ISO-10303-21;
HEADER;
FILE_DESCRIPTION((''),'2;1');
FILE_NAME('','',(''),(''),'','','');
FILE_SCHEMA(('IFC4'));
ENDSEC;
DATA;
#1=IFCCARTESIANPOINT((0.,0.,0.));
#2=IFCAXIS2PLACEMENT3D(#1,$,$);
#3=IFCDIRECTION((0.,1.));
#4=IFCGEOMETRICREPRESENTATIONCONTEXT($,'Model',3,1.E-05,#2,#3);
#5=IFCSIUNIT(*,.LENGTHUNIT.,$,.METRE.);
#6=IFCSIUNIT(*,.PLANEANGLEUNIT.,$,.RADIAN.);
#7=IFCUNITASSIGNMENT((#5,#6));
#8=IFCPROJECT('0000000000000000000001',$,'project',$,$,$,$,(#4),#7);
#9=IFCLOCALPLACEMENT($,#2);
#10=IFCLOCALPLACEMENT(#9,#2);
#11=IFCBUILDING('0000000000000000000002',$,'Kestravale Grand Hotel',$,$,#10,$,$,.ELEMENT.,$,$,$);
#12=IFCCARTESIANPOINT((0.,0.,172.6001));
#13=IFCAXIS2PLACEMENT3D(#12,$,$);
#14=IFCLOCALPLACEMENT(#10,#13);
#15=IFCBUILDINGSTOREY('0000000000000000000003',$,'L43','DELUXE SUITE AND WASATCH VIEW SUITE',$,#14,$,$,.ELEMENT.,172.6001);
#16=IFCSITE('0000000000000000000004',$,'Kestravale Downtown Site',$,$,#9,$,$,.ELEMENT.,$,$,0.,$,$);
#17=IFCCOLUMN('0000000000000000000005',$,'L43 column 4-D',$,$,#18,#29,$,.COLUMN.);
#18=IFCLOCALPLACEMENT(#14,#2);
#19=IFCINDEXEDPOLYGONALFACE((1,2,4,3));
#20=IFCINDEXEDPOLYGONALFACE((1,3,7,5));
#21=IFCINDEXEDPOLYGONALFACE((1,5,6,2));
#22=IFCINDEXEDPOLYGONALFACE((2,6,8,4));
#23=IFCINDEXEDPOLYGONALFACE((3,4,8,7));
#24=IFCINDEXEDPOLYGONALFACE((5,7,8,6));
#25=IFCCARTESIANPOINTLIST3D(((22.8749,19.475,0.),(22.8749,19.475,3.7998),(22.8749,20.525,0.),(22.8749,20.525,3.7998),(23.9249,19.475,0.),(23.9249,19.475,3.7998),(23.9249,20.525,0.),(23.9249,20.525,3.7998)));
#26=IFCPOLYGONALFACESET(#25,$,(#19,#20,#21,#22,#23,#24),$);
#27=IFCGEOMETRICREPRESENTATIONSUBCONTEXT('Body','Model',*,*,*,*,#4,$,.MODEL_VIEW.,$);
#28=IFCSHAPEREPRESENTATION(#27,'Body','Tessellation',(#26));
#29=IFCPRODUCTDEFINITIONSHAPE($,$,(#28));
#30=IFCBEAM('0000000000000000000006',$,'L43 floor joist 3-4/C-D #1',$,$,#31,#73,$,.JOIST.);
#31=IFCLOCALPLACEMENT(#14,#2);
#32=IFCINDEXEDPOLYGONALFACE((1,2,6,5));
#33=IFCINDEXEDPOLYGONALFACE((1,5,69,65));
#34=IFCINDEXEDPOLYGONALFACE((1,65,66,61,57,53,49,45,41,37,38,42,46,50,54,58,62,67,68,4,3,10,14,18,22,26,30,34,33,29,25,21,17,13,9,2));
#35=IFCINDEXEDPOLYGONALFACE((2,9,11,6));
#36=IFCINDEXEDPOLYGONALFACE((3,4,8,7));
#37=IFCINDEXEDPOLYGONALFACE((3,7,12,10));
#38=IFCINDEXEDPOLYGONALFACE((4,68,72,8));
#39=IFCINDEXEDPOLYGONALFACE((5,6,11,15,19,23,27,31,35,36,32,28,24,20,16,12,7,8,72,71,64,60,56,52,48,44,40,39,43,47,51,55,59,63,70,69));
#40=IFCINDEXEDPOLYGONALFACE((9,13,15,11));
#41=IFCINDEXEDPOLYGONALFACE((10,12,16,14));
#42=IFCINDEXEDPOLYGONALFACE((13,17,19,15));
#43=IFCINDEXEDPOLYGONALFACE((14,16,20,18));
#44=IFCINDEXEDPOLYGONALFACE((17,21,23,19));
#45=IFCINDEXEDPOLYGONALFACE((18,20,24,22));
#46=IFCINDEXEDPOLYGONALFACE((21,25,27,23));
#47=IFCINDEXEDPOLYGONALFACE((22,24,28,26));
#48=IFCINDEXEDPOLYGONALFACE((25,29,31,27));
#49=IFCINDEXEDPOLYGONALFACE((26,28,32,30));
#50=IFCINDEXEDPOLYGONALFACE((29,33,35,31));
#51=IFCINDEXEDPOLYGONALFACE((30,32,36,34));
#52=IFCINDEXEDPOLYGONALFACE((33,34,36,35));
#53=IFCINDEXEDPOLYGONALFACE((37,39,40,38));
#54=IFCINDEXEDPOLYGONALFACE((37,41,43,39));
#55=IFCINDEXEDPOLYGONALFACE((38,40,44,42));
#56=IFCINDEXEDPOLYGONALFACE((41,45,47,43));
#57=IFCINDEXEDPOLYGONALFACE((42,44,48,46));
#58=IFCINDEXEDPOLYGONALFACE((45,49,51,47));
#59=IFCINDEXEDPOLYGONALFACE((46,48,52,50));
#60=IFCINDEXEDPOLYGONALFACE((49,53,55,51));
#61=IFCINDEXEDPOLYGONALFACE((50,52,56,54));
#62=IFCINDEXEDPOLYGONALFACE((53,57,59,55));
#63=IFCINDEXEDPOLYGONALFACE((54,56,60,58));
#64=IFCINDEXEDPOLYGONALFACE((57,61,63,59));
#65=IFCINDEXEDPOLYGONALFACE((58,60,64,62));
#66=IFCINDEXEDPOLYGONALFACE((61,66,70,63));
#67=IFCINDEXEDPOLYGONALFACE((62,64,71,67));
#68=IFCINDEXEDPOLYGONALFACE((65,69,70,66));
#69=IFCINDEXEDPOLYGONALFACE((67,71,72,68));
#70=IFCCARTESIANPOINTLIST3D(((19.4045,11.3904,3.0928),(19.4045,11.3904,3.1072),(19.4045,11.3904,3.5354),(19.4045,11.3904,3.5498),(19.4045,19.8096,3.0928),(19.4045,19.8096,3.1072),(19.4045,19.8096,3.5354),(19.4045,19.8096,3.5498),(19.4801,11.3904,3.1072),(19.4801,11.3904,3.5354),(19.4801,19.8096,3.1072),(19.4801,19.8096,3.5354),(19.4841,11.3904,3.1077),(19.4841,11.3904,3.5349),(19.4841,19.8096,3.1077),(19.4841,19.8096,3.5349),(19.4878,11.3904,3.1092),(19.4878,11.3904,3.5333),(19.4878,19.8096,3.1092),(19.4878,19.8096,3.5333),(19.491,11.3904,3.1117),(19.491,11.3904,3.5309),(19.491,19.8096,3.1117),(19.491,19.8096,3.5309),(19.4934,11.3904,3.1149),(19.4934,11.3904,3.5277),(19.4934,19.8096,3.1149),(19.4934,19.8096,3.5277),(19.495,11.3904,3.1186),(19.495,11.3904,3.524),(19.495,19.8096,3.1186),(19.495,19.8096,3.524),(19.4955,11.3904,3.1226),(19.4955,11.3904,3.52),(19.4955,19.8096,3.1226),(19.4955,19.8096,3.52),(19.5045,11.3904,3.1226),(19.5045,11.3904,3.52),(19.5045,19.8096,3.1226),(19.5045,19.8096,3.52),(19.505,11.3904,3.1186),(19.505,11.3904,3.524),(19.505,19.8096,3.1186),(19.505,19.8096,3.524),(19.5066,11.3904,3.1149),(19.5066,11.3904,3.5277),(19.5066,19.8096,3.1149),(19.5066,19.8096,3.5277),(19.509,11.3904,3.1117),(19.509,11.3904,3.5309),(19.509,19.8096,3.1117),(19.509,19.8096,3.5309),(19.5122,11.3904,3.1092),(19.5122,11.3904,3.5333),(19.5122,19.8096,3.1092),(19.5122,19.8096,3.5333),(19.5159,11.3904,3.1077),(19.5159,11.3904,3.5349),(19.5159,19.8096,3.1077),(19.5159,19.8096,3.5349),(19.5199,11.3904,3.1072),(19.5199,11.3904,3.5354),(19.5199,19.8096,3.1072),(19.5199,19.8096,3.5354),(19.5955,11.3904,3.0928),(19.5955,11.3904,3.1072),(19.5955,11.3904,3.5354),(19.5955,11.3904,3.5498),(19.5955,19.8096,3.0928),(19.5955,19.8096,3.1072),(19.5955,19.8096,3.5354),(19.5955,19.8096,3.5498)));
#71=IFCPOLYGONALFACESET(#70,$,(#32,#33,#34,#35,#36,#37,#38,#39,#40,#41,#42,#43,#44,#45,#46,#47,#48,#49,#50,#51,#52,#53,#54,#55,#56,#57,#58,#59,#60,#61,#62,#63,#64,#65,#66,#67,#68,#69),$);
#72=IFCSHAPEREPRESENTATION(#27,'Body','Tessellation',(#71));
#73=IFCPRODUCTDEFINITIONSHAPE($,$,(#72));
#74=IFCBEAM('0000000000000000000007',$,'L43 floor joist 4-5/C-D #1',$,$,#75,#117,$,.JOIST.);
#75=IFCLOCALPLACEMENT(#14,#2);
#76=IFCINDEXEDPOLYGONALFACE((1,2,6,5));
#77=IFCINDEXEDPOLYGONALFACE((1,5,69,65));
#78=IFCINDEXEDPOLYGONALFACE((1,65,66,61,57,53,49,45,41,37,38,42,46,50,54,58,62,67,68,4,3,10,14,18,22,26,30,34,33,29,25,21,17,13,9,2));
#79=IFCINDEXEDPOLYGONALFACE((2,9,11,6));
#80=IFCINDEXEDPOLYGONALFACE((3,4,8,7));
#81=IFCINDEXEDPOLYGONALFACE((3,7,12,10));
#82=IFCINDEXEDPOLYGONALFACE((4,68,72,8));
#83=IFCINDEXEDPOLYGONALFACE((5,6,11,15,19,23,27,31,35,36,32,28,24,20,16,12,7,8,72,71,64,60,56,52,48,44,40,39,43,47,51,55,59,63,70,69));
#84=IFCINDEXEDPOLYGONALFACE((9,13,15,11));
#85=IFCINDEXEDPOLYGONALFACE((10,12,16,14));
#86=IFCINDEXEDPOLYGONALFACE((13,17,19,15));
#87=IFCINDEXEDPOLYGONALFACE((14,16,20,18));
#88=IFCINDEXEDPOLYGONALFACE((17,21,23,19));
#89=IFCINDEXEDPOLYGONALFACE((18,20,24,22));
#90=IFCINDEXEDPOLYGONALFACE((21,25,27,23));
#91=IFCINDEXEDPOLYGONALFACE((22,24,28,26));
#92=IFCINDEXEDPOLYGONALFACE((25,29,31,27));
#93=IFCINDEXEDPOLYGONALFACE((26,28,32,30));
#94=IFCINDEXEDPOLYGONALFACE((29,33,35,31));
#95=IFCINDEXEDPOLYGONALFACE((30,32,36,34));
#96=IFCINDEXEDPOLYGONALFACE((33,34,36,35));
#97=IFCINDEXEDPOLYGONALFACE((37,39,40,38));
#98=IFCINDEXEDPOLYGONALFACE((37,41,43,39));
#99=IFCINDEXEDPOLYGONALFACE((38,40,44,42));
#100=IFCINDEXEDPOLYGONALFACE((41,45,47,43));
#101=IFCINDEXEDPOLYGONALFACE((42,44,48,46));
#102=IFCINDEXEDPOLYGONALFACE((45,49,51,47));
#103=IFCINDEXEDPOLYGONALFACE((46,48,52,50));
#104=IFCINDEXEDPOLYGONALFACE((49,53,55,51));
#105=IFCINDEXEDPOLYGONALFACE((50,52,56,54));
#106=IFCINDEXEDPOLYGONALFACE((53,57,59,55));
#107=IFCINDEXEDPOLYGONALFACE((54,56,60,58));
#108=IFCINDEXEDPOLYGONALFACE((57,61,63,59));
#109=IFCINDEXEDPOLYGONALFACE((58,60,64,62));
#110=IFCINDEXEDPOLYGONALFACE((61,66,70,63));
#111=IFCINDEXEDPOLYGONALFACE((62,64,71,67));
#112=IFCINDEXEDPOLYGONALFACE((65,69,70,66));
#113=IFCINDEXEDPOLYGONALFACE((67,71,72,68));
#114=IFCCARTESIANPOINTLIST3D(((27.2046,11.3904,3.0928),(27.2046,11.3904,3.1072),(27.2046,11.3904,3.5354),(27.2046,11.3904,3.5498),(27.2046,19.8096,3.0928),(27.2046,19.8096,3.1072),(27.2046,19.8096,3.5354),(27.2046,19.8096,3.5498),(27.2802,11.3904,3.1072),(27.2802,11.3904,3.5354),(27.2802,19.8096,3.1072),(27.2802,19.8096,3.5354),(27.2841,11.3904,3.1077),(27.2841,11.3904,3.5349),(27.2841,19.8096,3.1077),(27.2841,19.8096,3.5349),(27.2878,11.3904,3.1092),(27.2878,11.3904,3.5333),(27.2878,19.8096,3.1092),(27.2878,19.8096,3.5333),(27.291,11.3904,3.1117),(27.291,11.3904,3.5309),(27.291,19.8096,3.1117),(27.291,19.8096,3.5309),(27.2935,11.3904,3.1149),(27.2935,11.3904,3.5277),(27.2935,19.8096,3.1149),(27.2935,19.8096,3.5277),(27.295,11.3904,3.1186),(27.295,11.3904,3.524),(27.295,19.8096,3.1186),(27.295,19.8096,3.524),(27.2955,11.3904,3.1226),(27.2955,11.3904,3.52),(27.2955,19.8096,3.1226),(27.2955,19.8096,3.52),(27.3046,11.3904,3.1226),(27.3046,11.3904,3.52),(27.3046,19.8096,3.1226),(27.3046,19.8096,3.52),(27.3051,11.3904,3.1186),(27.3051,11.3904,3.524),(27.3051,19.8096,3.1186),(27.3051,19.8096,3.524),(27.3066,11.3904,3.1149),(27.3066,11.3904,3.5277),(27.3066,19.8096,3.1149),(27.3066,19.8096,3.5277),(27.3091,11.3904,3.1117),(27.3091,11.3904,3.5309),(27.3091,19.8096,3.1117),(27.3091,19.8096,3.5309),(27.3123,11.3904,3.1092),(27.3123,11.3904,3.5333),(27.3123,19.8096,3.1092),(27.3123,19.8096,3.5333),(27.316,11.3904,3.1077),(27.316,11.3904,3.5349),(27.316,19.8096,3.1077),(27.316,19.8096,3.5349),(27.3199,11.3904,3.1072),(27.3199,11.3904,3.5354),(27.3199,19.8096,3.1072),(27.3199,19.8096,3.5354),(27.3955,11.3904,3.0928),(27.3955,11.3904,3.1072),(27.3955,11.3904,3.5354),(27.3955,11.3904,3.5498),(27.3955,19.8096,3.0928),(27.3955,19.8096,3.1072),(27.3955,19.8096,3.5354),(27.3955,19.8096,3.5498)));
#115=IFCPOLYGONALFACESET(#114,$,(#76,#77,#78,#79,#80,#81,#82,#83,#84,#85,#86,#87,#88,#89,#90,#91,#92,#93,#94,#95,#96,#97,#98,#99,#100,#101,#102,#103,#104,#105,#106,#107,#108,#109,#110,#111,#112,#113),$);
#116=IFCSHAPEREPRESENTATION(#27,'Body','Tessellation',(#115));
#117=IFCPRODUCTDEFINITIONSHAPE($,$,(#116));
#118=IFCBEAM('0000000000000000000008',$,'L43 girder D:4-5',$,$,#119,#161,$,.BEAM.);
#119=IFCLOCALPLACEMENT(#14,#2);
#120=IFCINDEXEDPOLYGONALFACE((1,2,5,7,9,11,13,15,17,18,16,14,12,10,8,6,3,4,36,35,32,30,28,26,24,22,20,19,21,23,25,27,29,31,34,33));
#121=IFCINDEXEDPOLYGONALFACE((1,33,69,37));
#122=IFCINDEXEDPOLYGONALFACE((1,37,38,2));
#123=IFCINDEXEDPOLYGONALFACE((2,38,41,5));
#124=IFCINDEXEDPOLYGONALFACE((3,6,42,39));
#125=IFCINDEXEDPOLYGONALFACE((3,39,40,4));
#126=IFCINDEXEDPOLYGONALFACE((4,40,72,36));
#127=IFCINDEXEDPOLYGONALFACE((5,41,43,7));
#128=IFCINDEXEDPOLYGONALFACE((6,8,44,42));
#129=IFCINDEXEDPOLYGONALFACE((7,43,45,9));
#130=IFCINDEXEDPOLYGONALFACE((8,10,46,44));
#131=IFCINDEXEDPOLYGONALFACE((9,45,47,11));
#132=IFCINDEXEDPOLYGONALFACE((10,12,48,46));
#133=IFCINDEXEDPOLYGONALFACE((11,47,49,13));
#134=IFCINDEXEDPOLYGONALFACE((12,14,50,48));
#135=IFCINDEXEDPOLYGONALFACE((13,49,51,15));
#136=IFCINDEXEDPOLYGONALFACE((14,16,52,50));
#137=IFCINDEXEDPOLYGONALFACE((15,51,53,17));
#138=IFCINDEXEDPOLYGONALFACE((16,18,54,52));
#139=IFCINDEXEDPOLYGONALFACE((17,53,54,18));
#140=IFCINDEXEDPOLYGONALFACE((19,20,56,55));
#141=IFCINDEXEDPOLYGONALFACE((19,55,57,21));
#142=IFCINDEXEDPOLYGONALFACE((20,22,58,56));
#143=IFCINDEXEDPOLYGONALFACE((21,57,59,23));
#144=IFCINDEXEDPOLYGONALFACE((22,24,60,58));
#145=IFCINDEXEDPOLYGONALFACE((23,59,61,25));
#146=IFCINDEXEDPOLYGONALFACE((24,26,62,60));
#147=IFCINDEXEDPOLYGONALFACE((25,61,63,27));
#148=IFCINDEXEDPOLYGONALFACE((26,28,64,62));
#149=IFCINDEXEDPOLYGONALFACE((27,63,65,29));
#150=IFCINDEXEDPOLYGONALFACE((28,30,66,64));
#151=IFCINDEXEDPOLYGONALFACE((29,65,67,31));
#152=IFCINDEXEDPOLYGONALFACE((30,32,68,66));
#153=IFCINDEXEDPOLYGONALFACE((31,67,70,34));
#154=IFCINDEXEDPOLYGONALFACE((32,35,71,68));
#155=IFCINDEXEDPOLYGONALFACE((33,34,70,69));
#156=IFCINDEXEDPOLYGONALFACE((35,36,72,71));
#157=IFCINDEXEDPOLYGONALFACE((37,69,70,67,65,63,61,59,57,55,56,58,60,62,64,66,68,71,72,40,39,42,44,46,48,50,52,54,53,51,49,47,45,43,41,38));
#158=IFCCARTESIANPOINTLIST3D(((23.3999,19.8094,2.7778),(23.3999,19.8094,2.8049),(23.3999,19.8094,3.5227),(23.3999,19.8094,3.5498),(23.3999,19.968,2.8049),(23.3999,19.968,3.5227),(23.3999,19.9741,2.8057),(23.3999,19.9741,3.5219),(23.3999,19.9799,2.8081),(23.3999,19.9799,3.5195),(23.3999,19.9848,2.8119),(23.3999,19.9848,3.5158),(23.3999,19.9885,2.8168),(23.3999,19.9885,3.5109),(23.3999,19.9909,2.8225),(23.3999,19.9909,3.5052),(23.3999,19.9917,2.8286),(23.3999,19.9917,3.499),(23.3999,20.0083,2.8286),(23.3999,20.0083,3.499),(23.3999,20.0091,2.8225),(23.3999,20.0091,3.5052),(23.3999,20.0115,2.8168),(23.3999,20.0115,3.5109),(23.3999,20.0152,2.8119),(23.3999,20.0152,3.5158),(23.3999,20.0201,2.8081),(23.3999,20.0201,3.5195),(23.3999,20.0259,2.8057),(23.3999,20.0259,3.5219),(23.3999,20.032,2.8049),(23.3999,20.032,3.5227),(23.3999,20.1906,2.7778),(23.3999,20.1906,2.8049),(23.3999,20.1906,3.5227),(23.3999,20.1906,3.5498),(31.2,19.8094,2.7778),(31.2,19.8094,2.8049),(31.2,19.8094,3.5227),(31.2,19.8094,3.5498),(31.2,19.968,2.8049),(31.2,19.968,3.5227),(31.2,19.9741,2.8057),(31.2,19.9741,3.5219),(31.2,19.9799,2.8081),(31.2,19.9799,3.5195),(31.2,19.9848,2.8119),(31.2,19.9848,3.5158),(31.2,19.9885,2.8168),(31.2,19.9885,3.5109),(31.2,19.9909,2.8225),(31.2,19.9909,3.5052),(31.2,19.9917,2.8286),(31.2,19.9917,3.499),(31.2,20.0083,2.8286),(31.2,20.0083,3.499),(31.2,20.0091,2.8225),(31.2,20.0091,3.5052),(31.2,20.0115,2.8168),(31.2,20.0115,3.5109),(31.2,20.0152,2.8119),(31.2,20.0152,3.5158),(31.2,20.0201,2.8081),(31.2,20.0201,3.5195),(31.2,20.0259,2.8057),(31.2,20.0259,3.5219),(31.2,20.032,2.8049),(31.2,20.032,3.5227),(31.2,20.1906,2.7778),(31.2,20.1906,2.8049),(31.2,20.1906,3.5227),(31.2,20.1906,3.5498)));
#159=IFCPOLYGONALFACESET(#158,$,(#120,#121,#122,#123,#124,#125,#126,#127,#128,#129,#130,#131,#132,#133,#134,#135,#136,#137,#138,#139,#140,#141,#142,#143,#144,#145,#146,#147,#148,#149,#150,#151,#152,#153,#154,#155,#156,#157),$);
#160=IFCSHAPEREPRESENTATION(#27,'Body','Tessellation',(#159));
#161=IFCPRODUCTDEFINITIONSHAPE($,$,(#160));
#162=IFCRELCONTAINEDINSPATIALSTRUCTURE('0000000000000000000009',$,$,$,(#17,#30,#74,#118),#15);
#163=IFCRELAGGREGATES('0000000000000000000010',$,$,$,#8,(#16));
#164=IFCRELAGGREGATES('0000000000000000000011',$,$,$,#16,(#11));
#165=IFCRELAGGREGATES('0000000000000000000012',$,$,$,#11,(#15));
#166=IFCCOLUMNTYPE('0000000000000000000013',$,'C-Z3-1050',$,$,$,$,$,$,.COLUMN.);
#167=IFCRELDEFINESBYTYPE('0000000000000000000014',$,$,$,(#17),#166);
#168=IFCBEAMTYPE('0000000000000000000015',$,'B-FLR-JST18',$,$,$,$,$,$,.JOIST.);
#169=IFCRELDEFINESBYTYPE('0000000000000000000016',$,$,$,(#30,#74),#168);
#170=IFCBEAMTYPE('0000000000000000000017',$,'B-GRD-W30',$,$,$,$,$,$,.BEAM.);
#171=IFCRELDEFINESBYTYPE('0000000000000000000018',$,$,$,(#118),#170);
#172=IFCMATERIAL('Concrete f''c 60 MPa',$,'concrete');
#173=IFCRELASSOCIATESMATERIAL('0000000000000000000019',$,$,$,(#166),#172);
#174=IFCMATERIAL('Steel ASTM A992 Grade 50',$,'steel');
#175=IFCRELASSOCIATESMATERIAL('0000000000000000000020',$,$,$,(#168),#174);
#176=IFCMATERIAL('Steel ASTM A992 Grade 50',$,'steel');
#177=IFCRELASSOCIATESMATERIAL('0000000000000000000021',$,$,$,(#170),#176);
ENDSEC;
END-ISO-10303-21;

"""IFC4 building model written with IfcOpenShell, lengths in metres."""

from ifc_helpers import new_model, si_unit, direction, frame, origin, origin_2d, place, context, subcontext, project, spatial, rectangle, i_section, extrude, material, material_profile, profile_set, type_object, element, save


model = new_model("IFC4")

# Units and contexts
model_context = context("Model", 3, precision=1e-05, world=origin(), true_north=direction((0.0, 1.0)))
body_context = subcontext(model_context, "Body", "Model", "MODEL_VIEW")
ifc_project = project(units=[si_unit("LENGTHUNIT", "METRE"), si_unit("PLANEANGLEUNIT", "RADIAN")], contexts=[model_context])

# Site, building, storey
site_placement = place(None, origin())
site = spatial("IfcSite", under=ifc_project, at=site_placement, Name="Kestravale Downtown Site", CompositionType="ELEMENT", RefElevation=0.0)
building_placement = place(site_placement, origin())
building = spatial("IfcBuilding", under=site, at=building_placement, Name="Kestravale Grand Hotel", CompositionType="ELEMENT")
storey_placement = place(building_placement, frame((0.0, 0.0, 172.6001)))
storey = spatial("IfcBuildingStorey", under=building, at=storey_placement, Name="L43", Description="DELUXE SUITE AND WASATCH VIEW SUITE", CompositionType="ELEMENT", Elevation=172.6001)

# Column
ifc_material_1 = material(Name="Concrete f'c 60 MPa", Category="concrete")
ifc_material_profile_1 = material_profile(ifc_material_1, rectangle(XDim=1.05, YDim=1.05, at=origin_2d()))
ifc_profile_set_1 = profile_set([ifc_material_profile_1], Name="Concrete f'c 60 MPa")
column_type = type_object("IfcColumnType", Name="C-Z3-1050", PredefinedType="COLUMN", material=ifc_profile_set_1)
column_placement = place(storey_placement, frame((23.3999, 20.0, 0.0), z_axis=(0.0, 0.0, 1.0), x_axis=(1.0, 0.0, 0.0)))
element("IfcColumn", 1, at=column_placement, inside=storey, type_object=column_type, Name="L43 column 4-D", PredefinedType="COLUMN", context=body_context, shape_type="SweptSolid", body=[
    extrude(rectangle(XDim=1.05, YDim=1.05, at=origin_2d()), origin(), (0.0, 0.0, 1.0), 3.7998),
])

# Beams
ifc_material_2 = material(Name="Steel ASTM A992 Grade 50", Category="steel")
ifc_material_profile_2 = material_profile(ifc_material_2, i_section(OverallWidth=0.1909, OverallDepth=0.457, WebThickness=0.009, FlangeThickness=0.0144, FilletRadius=0.0154, at=origin_2d()))
ifc_profile_set_2 = profile_set([ifc_material_profile_2], Name="Steel ASTM A992 Grade 50")
beam_type_1 = type_object("IfcBeamType", Name="B-FLR-JST18", PredefinedType="JOIST", material=ifc_profile_set_2)
for number, where, z_axis, x_axis, name in (
    (2, (19.5, 11.3904, 3.3213), (0.0, 1.0, 0.0), (-1.0, 0.0, 0.0), "L43 floor joist 3-4/C-D #1"),
    (3, (27.3, 11.3904, 3.3213), (0.0, 1.0, 0.0), (-1.0, 0.0, 0.0), "L43 floor joist 4-5/C-D #1"),
):
    element("IfcBeam", number, at=place(storey_placement, frame(where, z_axis=z_axis, x_axis=x_axis)), inside=storey, type_object=beam_type_1, Name=name, PredefinedType="JOIST", context=body_context, shape_type="SweptSolid", body=[
        extrude(i_section(OverallWidth=0.1909, OverallDepth=0.457, WebThickness=0.009, FlangeThickness=0.0144, FilletRadius=0.0154, at=origin_2d()), origin(), (0.0, 0.0, 1.0), 8.4192),
    ])
ifc_material_3 = material(Name="Steel ASTM A992 Grade 50", Category="steel")
ifc_material_profile_3 = material_profile(ifc_material_3, i_section(OverallWidth=0.3811, OverallDepth=0.772, WebThickness=0.0166, FlangeThickness=0.0271, FilletRadius=0.0237, at=origin_2d()))
ifc_profile_set_3 = profile_set([ifc_material_profile_3], Name="Steel ASTM A992 Grade 50")
beam_type_2 = type_object("IfcBeamType", Name="B-GRD-W30", PredefinedType="BEAM", material=ifc_profile_set_3)
beam_1_placement = place(storey_placement, frame((23.3999, 20.0, 3.1638), z_axis=(1.0, 0.0, 0.0), x_axis=(0.0, 1.0, 0.0)))
element("IfcBeam", 4, at=beam_1_placement, inside=storey, type_object=beam_type_2, Name="L43 girder D:4-5", PredefinedType="BEAM", context=body_context, shape_type="SweptSolid", body=[
    extrude(i_section(OverallWidth=0.3811, OverallDepth=0.772, WebThickness=0.0166, FlangeThickness=0.0271, FilletRadius=0.0237, at=origin_2d()), origin(), (0.0, 0.0, 1.0), 7.8),
])

save(model, "model.ifc")
